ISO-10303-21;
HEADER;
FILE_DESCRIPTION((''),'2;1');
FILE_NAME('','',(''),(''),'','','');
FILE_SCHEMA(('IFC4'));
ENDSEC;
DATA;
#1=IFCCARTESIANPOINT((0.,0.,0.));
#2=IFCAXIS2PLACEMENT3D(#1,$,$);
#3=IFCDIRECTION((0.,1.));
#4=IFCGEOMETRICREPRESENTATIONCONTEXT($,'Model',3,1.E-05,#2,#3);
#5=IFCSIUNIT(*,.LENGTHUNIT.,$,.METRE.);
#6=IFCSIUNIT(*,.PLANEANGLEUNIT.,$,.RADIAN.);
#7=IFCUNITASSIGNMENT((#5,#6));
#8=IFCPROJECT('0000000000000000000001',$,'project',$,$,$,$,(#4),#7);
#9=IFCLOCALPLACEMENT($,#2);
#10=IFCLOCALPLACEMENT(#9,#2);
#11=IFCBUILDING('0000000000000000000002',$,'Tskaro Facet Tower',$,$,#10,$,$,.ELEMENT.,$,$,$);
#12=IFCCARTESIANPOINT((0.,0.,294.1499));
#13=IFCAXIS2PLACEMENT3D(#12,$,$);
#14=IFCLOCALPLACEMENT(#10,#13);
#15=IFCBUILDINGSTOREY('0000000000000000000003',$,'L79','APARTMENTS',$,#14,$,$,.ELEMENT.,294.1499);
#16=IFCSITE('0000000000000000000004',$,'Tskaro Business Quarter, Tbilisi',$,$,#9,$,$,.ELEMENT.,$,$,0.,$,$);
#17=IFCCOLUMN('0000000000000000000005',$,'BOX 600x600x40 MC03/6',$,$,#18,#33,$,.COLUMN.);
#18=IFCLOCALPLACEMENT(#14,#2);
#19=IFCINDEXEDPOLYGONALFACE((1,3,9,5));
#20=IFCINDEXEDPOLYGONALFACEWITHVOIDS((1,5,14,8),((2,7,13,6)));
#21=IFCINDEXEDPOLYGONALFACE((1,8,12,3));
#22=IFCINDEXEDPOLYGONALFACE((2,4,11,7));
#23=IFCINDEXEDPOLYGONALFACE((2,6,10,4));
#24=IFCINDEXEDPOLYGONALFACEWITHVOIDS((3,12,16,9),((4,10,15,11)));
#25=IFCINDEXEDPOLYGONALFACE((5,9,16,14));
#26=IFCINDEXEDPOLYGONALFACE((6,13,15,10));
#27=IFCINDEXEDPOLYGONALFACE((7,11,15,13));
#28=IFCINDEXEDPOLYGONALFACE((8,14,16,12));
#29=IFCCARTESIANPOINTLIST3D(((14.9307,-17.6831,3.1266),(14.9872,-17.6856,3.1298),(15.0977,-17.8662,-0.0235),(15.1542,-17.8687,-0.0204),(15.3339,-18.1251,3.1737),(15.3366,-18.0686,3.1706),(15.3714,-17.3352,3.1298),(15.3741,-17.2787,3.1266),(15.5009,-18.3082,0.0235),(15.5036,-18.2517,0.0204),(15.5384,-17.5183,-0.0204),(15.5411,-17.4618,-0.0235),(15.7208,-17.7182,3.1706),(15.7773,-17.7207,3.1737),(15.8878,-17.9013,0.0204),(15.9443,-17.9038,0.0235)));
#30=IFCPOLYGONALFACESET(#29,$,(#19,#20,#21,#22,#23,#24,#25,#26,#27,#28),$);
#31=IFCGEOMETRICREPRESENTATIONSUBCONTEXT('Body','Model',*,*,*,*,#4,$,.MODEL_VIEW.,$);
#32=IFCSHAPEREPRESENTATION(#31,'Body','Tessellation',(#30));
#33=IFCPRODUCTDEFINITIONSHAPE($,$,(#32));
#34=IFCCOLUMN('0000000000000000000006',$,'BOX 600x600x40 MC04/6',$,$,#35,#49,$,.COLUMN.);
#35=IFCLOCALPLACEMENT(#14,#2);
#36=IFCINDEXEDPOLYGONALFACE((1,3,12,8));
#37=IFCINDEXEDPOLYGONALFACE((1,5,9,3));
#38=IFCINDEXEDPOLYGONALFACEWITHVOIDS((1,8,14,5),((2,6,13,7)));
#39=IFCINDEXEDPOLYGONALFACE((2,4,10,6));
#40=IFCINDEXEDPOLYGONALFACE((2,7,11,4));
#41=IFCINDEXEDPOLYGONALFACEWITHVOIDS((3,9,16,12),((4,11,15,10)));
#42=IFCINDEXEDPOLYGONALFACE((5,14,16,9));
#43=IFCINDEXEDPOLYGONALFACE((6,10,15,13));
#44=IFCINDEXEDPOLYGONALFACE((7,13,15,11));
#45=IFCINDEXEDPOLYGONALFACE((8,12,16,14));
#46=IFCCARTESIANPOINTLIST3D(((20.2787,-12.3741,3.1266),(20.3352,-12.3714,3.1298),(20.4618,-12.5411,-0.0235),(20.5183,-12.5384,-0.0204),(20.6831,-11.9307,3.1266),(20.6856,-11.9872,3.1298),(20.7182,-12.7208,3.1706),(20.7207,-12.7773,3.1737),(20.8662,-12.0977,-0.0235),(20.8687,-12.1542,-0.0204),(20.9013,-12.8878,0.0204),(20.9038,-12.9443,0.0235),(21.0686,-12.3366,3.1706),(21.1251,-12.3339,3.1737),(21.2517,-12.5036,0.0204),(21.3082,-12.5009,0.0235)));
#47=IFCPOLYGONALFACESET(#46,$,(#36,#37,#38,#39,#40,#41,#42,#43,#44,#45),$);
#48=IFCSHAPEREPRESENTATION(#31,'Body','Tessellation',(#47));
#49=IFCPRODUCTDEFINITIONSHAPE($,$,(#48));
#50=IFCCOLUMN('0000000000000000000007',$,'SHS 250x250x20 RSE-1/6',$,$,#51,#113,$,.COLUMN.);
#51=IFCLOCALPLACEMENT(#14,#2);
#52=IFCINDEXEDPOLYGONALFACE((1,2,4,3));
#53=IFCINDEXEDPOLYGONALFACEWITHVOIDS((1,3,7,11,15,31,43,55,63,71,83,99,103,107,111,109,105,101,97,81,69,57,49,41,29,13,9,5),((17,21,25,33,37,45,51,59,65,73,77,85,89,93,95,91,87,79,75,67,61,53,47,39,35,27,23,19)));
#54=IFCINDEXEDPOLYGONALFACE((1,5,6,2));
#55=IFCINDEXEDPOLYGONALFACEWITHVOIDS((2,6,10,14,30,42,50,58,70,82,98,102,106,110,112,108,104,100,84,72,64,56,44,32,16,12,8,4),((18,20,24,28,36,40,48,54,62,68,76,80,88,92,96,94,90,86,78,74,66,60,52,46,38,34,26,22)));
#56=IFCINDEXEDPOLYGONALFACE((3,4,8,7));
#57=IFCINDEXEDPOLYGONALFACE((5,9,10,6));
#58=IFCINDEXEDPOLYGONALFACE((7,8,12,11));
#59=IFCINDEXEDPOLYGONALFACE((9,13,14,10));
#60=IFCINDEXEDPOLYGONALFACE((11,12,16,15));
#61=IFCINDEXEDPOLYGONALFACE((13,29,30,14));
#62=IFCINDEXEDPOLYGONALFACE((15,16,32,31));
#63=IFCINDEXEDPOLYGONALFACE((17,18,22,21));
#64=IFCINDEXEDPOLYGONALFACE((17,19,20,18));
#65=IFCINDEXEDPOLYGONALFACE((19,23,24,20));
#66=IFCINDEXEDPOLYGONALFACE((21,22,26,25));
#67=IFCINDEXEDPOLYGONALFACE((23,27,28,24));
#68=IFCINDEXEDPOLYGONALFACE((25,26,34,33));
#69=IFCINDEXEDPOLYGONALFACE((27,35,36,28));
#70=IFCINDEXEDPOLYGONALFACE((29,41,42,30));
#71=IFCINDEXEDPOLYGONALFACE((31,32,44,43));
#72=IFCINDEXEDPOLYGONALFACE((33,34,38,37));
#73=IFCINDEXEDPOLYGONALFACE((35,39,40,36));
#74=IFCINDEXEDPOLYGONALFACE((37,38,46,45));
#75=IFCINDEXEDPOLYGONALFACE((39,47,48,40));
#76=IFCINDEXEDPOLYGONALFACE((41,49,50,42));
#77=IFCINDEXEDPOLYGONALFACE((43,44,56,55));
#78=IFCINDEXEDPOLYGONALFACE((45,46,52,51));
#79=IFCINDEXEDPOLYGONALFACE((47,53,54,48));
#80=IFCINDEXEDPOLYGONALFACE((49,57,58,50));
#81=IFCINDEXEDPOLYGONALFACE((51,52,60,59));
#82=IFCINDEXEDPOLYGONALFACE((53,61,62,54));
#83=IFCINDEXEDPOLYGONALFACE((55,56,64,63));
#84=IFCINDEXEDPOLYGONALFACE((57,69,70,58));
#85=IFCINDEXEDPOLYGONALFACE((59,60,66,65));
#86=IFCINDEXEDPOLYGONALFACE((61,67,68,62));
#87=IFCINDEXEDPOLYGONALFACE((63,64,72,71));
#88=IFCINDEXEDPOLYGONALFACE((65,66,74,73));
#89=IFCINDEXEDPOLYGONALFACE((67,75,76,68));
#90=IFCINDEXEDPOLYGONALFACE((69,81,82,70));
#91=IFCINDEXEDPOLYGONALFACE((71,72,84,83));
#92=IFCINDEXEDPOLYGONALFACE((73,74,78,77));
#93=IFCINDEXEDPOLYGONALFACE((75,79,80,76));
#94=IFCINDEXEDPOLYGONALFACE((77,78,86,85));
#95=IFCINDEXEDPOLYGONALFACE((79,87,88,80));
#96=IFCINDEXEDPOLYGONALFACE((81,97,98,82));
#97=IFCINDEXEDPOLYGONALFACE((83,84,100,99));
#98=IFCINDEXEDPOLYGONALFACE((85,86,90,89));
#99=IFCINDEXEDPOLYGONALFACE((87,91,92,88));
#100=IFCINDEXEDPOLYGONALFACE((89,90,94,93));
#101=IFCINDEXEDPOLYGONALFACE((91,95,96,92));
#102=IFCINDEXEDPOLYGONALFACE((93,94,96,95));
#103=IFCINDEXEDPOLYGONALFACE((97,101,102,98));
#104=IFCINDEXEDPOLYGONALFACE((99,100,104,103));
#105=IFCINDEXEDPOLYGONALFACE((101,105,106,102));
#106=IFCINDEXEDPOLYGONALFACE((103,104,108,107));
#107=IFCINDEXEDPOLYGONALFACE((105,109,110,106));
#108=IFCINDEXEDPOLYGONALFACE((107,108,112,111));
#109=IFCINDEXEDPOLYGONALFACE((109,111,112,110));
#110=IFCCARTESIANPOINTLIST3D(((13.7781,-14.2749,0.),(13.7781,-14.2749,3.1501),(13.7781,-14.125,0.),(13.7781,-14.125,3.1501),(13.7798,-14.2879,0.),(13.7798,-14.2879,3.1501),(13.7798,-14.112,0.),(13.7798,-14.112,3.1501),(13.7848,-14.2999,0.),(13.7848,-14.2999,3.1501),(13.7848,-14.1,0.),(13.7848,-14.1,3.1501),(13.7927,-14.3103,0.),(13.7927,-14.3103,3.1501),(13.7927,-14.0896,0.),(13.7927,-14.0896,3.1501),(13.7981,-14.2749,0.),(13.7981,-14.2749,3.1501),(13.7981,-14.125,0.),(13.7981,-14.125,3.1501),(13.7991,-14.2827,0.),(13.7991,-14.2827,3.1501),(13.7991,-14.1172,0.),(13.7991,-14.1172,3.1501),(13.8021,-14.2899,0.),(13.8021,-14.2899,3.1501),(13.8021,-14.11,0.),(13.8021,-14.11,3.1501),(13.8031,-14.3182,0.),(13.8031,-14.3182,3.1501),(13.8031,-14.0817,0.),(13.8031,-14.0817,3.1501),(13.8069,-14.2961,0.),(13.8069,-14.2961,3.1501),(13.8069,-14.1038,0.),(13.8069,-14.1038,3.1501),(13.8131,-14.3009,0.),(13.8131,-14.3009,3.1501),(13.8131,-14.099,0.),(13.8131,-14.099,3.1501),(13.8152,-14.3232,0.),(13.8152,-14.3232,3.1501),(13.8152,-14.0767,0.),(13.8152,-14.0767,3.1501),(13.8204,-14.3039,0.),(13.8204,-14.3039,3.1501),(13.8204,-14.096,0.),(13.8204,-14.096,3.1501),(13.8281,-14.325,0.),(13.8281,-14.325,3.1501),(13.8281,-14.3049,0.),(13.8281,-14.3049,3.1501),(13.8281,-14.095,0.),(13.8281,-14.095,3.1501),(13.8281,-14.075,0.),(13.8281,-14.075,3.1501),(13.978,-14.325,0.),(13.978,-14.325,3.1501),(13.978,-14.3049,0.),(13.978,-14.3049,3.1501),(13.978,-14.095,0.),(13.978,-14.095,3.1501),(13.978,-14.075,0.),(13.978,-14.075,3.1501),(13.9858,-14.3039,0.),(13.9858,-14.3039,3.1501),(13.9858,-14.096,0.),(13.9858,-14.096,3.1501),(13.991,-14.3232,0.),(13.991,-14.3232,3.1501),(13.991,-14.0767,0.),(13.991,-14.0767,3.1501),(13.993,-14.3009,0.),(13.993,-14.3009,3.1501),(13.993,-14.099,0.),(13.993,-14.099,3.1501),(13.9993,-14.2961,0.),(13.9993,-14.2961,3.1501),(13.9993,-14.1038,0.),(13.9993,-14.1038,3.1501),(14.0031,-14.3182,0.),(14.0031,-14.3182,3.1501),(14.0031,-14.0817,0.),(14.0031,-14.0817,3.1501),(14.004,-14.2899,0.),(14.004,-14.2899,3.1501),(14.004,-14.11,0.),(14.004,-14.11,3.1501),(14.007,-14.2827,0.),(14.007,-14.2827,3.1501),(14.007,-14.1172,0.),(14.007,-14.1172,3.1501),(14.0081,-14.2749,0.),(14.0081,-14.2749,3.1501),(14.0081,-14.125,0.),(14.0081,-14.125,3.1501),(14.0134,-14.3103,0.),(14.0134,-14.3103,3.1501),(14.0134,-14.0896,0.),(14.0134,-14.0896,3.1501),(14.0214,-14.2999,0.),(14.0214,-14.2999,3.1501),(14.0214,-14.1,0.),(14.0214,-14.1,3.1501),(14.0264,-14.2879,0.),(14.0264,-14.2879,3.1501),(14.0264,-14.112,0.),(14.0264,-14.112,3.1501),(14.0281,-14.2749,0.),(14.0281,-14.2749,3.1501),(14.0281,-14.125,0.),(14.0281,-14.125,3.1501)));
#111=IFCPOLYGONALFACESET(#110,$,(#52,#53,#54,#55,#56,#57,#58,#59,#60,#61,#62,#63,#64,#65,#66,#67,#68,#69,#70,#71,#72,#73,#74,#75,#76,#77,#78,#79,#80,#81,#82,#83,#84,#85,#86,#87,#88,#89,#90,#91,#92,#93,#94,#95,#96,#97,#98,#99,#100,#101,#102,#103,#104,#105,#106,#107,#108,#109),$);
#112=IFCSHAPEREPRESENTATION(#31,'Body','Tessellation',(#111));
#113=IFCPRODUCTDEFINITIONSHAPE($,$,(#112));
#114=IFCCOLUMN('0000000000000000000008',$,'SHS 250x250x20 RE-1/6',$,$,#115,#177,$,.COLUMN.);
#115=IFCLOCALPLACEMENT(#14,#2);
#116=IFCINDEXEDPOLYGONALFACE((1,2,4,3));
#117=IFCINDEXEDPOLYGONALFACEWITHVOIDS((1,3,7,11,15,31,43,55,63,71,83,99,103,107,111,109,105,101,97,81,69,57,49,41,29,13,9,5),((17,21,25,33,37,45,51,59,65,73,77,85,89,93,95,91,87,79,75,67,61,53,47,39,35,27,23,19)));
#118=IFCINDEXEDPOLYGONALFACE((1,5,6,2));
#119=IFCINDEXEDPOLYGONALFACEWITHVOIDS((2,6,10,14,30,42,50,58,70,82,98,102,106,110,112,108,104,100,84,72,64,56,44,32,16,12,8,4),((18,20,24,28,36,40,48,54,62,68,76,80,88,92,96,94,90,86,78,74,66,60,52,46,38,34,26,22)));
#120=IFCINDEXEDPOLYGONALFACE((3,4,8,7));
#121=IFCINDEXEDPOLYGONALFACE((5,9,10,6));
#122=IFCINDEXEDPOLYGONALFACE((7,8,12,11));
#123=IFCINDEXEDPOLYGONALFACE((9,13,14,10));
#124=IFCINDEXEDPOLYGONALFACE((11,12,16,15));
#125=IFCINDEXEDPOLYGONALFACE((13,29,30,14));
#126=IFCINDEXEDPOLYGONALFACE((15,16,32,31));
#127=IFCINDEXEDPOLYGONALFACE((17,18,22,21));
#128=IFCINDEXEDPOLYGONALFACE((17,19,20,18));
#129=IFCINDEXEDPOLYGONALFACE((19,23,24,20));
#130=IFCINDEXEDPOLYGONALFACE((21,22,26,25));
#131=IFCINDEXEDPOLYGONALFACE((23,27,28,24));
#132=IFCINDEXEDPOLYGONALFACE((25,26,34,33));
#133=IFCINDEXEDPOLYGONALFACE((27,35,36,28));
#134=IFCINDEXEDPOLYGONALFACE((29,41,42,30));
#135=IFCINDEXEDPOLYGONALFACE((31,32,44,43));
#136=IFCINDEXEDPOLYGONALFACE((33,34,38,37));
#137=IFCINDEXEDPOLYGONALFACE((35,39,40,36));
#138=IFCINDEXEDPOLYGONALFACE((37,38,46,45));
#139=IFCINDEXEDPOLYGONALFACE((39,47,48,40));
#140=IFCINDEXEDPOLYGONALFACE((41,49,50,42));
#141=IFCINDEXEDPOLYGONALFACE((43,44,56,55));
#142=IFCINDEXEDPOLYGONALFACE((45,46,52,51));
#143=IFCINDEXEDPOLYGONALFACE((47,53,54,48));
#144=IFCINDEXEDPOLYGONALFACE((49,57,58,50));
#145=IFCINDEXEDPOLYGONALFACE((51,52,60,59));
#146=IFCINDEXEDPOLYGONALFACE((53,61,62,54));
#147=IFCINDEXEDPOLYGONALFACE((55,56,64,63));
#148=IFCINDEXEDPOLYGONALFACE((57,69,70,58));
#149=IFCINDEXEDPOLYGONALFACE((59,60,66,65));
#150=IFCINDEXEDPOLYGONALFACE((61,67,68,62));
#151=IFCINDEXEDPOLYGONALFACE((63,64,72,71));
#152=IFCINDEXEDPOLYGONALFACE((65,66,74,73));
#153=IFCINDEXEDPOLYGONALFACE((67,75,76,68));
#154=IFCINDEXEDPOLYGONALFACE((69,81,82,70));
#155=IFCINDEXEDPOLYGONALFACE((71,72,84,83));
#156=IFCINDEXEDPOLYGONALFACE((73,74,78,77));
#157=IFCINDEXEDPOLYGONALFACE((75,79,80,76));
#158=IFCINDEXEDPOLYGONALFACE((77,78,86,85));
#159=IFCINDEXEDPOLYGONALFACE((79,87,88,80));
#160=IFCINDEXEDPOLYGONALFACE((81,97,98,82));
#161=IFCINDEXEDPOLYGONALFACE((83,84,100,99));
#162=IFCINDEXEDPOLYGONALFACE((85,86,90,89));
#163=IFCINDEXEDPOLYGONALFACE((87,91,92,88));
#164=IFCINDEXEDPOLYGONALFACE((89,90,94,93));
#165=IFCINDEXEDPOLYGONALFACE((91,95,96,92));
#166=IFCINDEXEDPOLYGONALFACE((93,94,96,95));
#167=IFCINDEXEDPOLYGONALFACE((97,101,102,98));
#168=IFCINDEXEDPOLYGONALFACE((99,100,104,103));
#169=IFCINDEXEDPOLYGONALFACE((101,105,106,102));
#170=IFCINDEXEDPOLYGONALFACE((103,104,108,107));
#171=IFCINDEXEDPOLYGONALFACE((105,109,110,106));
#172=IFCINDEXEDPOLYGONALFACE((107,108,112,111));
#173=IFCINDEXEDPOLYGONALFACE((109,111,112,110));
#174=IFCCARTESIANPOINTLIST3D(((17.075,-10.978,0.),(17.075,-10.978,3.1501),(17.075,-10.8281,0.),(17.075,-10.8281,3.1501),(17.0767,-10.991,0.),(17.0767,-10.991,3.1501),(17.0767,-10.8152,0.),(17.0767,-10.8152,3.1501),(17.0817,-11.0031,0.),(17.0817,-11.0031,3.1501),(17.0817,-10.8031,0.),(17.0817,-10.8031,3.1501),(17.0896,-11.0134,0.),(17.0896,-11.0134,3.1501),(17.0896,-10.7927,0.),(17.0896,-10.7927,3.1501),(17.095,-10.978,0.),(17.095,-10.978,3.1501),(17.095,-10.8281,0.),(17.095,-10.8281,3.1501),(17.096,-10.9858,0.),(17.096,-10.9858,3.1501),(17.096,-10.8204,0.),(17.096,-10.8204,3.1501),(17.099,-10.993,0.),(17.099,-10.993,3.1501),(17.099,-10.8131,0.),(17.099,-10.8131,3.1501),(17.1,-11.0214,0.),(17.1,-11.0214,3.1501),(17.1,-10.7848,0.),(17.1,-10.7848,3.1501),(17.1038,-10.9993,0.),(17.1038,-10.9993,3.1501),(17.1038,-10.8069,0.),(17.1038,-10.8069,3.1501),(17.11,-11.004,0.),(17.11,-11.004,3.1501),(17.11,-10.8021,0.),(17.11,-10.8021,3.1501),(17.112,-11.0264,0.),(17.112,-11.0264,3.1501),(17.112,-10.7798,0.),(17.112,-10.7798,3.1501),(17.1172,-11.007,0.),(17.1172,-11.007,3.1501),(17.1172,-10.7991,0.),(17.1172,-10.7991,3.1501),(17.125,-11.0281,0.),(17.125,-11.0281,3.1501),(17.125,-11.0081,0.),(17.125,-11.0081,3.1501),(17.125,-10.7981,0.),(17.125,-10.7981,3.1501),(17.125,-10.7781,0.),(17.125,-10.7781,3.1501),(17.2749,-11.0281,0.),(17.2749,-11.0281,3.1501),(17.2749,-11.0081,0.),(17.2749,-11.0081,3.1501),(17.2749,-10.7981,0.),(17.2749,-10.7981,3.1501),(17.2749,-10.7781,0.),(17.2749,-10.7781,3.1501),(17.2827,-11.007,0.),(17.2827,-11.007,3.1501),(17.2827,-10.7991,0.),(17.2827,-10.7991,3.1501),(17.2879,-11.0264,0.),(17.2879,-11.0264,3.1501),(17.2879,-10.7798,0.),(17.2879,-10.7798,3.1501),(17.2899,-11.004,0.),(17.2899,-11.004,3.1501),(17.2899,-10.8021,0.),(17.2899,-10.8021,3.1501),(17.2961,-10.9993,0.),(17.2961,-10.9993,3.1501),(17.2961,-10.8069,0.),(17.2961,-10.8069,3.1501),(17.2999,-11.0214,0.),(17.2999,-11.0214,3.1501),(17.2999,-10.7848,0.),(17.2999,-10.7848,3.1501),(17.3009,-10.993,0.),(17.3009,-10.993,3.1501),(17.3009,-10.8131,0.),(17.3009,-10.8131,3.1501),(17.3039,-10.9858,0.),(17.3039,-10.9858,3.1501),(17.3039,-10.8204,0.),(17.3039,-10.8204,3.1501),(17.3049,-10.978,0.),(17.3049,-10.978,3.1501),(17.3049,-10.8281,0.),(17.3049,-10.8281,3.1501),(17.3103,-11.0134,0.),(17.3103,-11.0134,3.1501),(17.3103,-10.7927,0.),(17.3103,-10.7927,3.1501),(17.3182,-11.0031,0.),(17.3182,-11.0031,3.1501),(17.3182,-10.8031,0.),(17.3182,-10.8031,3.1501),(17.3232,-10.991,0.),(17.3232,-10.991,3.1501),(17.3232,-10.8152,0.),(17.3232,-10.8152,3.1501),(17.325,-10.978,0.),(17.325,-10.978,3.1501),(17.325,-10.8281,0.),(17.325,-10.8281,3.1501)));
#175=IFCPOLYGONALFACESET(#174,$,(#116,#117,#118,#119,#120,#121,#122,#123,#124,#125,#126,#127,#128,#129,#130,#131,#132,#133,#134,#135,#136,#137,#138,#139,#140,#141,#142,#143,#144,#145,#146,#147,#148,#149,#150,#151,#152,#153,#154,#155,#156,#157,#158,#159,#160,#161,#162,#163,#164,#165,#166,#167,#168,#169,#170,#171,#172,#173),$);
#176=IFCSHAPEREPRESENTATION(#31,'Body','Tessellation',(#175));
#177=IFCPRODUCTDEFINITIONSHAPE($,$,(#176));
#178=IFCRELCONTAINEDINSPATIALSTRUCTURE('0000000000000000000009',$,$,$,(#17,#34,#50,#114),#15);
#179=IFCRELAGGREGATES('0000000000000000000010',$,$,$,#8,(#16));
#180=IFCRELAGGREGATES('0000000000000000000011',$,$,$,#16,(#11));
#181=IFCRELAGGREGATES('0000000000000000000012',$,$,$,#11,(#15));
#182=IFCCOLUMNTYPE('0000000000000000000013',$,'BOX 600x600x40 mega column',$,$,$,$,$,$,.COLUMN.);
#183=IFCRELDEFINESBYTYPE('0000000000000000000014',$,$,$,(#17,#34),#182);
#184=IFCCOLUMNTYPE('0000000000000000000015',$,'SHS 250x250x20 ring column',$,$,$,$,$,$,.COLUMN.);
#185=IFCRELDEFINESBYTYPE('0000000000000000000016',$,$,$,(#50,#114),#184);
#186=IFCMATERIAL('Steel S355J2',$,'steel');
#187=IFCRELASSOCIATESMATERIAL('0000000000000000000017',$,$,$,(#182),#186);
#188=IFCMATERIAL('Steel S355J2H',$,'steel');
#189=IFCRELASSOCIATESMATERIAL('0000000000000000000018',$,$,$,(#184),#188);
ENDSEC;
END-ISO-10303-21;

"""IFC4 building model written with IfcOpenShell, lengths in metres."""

from ifc_helpers import new_model, si_unit, direction, frame, origin, origin_2d, place, context, subcontext, project, spatial, hollow_rectangle, extrude, material, material_profile, profile_set, type_object, element, save


model = new_model("IFC4")

# Units and contexts
model_context = context("Model", 3, precision=1e-05, world=origin(), true_north=direction((0.0, 1.0)))
body_context = subcontext(model_context, "Body", "Model", "MODEL_VIEW")
ifc_project = project(units=[si_unit("LENGTHUNIT", "METRE"), si_unit("PLANEANGLEUNIT", "RADIAN")], contexts=[model_context])

# Site, building, storey
site_placement = place(None, origin())
site = spatial("IfcSite", under=ifc_project, at=site_placement, Name="Tskaro Business Quarter, Tbilisi", CompositionType="ELEMENT", RefElevation=0.0)
building_placement = place(site_placement, origin())
building = spatial("IfcBuilding", under=site, at=building_placement, Name="Tskaro Facet Tower", CompositionType="ELEMENT")
storey_placement = place(building_placement, frame((0.0, 0.0, 294.1499)))
storey = spatial("IfcBuildingStorey", under=building, at=storey_placement, Name="L79", Description="APARTMENTS", CompositionType="ELEMENT", Elevation=294.1499)

# Columns
ifc_material_1 = material(Name="Steel S355J2", Category="steel")
ifc_material_profile_1 = material_profile(ifc_material_1, hollow_rectangle(XDim=0.6001, YDim=0.6001, WallThickness=0.04, at=origin_2d()), Name="BOX 600x600x40")
ifc_profile_set_1 = profile_set([ifc_material_profile_1], Name="Steel S355J2")
column_type_1 = type_object("IfcColumnType", Name="BOX 600x600x40 mega column", PredefinedType="COLUMN", material=ifc_profile_set_1)
for number, where, z_axis, x_axis, name in (
    (1, (15.521, -17.885, 0.0), (-0.052848, 0.057947, 0.99692), (-0.738869, -0.673849, 0.0), "BOX 600x600x40 MC03/6"),
    (2, (20.885, -12.521, 0.0), (-0.057947, 0.052848, 0.99692), (-0.673849, -0.738869, 0.0), "BOX 600x600x40 MC04/6"),
):
    element("IfcColumn", number, at=place(storey_placement, frame(where, z_axis=z_axis, x_axis=x_axis)), inside=storey, type_object=column_type_1, Name=name, PredefinedType="COLUMN", context=body_context, shape_type="SweptSolid", body=[
        extrude(hollow_rectangle(XDim=0.6001, YDim=0.6001, WallThickness=0.04, at=origin_2d()), origin(), (0.0, 0.0, 1.0), 3.1599),
    ])
ifc_material_2 = material(Name="Steel S355J2H", Category="steel")
ifc_material_profile_2 = material_profile(ifc_material_2, hollow_rectangle(XDim=0.25, YDim=0.25, WallThickness=0.02, InnerFilletRadius=0.03, OuterFilletRadius=0.05, at=origin_2d()), Name="SHS 250x250x20")
ifc_profile_set_2 = profile_set([ifc_material_profile_2], Name="Steel S355J2H")
column_type_2 = type_object("IfcColumnType", Name="SHS 250x250x20 ring column", PredefinedType="COLUMN", material=ifc_profile_set_2)
for number, where, z_axis, x_axis, name in (
    (3, (13.9031, -14.2, 0.0), (0.0, 0.0, 1.0), (1.0, 0.0, 0.0), "SHS 250x250x20 RSE-1/6"),
    (4, (17.2, -10.9031, 0.0), (0.0, 0.0, 1.0), (1.0, 0.0, 0.0), "SHS 250x250x20 RE-1/6"),
):
    element("IfcColumn", number, at=place(storey_placement, frame(where, z_axis=z_axis, x_axis=x_axis)), inside=storey, type_object=column_type_2, Name=name, PredefinedType="COLUMN", context=body_context, shape_type="SweptSolid", body=[
        extrude(hollow_rectangle(XDim=0.25, YDim=0.25, WallThickness=0.02, InnerFilletRadius=0.03, OuterFilletRadius=0.05, at=origin_2d()), origin(), (0.0, 0.0, 1.0), 3.1501),
    ])

save(model, "model.ifc")
